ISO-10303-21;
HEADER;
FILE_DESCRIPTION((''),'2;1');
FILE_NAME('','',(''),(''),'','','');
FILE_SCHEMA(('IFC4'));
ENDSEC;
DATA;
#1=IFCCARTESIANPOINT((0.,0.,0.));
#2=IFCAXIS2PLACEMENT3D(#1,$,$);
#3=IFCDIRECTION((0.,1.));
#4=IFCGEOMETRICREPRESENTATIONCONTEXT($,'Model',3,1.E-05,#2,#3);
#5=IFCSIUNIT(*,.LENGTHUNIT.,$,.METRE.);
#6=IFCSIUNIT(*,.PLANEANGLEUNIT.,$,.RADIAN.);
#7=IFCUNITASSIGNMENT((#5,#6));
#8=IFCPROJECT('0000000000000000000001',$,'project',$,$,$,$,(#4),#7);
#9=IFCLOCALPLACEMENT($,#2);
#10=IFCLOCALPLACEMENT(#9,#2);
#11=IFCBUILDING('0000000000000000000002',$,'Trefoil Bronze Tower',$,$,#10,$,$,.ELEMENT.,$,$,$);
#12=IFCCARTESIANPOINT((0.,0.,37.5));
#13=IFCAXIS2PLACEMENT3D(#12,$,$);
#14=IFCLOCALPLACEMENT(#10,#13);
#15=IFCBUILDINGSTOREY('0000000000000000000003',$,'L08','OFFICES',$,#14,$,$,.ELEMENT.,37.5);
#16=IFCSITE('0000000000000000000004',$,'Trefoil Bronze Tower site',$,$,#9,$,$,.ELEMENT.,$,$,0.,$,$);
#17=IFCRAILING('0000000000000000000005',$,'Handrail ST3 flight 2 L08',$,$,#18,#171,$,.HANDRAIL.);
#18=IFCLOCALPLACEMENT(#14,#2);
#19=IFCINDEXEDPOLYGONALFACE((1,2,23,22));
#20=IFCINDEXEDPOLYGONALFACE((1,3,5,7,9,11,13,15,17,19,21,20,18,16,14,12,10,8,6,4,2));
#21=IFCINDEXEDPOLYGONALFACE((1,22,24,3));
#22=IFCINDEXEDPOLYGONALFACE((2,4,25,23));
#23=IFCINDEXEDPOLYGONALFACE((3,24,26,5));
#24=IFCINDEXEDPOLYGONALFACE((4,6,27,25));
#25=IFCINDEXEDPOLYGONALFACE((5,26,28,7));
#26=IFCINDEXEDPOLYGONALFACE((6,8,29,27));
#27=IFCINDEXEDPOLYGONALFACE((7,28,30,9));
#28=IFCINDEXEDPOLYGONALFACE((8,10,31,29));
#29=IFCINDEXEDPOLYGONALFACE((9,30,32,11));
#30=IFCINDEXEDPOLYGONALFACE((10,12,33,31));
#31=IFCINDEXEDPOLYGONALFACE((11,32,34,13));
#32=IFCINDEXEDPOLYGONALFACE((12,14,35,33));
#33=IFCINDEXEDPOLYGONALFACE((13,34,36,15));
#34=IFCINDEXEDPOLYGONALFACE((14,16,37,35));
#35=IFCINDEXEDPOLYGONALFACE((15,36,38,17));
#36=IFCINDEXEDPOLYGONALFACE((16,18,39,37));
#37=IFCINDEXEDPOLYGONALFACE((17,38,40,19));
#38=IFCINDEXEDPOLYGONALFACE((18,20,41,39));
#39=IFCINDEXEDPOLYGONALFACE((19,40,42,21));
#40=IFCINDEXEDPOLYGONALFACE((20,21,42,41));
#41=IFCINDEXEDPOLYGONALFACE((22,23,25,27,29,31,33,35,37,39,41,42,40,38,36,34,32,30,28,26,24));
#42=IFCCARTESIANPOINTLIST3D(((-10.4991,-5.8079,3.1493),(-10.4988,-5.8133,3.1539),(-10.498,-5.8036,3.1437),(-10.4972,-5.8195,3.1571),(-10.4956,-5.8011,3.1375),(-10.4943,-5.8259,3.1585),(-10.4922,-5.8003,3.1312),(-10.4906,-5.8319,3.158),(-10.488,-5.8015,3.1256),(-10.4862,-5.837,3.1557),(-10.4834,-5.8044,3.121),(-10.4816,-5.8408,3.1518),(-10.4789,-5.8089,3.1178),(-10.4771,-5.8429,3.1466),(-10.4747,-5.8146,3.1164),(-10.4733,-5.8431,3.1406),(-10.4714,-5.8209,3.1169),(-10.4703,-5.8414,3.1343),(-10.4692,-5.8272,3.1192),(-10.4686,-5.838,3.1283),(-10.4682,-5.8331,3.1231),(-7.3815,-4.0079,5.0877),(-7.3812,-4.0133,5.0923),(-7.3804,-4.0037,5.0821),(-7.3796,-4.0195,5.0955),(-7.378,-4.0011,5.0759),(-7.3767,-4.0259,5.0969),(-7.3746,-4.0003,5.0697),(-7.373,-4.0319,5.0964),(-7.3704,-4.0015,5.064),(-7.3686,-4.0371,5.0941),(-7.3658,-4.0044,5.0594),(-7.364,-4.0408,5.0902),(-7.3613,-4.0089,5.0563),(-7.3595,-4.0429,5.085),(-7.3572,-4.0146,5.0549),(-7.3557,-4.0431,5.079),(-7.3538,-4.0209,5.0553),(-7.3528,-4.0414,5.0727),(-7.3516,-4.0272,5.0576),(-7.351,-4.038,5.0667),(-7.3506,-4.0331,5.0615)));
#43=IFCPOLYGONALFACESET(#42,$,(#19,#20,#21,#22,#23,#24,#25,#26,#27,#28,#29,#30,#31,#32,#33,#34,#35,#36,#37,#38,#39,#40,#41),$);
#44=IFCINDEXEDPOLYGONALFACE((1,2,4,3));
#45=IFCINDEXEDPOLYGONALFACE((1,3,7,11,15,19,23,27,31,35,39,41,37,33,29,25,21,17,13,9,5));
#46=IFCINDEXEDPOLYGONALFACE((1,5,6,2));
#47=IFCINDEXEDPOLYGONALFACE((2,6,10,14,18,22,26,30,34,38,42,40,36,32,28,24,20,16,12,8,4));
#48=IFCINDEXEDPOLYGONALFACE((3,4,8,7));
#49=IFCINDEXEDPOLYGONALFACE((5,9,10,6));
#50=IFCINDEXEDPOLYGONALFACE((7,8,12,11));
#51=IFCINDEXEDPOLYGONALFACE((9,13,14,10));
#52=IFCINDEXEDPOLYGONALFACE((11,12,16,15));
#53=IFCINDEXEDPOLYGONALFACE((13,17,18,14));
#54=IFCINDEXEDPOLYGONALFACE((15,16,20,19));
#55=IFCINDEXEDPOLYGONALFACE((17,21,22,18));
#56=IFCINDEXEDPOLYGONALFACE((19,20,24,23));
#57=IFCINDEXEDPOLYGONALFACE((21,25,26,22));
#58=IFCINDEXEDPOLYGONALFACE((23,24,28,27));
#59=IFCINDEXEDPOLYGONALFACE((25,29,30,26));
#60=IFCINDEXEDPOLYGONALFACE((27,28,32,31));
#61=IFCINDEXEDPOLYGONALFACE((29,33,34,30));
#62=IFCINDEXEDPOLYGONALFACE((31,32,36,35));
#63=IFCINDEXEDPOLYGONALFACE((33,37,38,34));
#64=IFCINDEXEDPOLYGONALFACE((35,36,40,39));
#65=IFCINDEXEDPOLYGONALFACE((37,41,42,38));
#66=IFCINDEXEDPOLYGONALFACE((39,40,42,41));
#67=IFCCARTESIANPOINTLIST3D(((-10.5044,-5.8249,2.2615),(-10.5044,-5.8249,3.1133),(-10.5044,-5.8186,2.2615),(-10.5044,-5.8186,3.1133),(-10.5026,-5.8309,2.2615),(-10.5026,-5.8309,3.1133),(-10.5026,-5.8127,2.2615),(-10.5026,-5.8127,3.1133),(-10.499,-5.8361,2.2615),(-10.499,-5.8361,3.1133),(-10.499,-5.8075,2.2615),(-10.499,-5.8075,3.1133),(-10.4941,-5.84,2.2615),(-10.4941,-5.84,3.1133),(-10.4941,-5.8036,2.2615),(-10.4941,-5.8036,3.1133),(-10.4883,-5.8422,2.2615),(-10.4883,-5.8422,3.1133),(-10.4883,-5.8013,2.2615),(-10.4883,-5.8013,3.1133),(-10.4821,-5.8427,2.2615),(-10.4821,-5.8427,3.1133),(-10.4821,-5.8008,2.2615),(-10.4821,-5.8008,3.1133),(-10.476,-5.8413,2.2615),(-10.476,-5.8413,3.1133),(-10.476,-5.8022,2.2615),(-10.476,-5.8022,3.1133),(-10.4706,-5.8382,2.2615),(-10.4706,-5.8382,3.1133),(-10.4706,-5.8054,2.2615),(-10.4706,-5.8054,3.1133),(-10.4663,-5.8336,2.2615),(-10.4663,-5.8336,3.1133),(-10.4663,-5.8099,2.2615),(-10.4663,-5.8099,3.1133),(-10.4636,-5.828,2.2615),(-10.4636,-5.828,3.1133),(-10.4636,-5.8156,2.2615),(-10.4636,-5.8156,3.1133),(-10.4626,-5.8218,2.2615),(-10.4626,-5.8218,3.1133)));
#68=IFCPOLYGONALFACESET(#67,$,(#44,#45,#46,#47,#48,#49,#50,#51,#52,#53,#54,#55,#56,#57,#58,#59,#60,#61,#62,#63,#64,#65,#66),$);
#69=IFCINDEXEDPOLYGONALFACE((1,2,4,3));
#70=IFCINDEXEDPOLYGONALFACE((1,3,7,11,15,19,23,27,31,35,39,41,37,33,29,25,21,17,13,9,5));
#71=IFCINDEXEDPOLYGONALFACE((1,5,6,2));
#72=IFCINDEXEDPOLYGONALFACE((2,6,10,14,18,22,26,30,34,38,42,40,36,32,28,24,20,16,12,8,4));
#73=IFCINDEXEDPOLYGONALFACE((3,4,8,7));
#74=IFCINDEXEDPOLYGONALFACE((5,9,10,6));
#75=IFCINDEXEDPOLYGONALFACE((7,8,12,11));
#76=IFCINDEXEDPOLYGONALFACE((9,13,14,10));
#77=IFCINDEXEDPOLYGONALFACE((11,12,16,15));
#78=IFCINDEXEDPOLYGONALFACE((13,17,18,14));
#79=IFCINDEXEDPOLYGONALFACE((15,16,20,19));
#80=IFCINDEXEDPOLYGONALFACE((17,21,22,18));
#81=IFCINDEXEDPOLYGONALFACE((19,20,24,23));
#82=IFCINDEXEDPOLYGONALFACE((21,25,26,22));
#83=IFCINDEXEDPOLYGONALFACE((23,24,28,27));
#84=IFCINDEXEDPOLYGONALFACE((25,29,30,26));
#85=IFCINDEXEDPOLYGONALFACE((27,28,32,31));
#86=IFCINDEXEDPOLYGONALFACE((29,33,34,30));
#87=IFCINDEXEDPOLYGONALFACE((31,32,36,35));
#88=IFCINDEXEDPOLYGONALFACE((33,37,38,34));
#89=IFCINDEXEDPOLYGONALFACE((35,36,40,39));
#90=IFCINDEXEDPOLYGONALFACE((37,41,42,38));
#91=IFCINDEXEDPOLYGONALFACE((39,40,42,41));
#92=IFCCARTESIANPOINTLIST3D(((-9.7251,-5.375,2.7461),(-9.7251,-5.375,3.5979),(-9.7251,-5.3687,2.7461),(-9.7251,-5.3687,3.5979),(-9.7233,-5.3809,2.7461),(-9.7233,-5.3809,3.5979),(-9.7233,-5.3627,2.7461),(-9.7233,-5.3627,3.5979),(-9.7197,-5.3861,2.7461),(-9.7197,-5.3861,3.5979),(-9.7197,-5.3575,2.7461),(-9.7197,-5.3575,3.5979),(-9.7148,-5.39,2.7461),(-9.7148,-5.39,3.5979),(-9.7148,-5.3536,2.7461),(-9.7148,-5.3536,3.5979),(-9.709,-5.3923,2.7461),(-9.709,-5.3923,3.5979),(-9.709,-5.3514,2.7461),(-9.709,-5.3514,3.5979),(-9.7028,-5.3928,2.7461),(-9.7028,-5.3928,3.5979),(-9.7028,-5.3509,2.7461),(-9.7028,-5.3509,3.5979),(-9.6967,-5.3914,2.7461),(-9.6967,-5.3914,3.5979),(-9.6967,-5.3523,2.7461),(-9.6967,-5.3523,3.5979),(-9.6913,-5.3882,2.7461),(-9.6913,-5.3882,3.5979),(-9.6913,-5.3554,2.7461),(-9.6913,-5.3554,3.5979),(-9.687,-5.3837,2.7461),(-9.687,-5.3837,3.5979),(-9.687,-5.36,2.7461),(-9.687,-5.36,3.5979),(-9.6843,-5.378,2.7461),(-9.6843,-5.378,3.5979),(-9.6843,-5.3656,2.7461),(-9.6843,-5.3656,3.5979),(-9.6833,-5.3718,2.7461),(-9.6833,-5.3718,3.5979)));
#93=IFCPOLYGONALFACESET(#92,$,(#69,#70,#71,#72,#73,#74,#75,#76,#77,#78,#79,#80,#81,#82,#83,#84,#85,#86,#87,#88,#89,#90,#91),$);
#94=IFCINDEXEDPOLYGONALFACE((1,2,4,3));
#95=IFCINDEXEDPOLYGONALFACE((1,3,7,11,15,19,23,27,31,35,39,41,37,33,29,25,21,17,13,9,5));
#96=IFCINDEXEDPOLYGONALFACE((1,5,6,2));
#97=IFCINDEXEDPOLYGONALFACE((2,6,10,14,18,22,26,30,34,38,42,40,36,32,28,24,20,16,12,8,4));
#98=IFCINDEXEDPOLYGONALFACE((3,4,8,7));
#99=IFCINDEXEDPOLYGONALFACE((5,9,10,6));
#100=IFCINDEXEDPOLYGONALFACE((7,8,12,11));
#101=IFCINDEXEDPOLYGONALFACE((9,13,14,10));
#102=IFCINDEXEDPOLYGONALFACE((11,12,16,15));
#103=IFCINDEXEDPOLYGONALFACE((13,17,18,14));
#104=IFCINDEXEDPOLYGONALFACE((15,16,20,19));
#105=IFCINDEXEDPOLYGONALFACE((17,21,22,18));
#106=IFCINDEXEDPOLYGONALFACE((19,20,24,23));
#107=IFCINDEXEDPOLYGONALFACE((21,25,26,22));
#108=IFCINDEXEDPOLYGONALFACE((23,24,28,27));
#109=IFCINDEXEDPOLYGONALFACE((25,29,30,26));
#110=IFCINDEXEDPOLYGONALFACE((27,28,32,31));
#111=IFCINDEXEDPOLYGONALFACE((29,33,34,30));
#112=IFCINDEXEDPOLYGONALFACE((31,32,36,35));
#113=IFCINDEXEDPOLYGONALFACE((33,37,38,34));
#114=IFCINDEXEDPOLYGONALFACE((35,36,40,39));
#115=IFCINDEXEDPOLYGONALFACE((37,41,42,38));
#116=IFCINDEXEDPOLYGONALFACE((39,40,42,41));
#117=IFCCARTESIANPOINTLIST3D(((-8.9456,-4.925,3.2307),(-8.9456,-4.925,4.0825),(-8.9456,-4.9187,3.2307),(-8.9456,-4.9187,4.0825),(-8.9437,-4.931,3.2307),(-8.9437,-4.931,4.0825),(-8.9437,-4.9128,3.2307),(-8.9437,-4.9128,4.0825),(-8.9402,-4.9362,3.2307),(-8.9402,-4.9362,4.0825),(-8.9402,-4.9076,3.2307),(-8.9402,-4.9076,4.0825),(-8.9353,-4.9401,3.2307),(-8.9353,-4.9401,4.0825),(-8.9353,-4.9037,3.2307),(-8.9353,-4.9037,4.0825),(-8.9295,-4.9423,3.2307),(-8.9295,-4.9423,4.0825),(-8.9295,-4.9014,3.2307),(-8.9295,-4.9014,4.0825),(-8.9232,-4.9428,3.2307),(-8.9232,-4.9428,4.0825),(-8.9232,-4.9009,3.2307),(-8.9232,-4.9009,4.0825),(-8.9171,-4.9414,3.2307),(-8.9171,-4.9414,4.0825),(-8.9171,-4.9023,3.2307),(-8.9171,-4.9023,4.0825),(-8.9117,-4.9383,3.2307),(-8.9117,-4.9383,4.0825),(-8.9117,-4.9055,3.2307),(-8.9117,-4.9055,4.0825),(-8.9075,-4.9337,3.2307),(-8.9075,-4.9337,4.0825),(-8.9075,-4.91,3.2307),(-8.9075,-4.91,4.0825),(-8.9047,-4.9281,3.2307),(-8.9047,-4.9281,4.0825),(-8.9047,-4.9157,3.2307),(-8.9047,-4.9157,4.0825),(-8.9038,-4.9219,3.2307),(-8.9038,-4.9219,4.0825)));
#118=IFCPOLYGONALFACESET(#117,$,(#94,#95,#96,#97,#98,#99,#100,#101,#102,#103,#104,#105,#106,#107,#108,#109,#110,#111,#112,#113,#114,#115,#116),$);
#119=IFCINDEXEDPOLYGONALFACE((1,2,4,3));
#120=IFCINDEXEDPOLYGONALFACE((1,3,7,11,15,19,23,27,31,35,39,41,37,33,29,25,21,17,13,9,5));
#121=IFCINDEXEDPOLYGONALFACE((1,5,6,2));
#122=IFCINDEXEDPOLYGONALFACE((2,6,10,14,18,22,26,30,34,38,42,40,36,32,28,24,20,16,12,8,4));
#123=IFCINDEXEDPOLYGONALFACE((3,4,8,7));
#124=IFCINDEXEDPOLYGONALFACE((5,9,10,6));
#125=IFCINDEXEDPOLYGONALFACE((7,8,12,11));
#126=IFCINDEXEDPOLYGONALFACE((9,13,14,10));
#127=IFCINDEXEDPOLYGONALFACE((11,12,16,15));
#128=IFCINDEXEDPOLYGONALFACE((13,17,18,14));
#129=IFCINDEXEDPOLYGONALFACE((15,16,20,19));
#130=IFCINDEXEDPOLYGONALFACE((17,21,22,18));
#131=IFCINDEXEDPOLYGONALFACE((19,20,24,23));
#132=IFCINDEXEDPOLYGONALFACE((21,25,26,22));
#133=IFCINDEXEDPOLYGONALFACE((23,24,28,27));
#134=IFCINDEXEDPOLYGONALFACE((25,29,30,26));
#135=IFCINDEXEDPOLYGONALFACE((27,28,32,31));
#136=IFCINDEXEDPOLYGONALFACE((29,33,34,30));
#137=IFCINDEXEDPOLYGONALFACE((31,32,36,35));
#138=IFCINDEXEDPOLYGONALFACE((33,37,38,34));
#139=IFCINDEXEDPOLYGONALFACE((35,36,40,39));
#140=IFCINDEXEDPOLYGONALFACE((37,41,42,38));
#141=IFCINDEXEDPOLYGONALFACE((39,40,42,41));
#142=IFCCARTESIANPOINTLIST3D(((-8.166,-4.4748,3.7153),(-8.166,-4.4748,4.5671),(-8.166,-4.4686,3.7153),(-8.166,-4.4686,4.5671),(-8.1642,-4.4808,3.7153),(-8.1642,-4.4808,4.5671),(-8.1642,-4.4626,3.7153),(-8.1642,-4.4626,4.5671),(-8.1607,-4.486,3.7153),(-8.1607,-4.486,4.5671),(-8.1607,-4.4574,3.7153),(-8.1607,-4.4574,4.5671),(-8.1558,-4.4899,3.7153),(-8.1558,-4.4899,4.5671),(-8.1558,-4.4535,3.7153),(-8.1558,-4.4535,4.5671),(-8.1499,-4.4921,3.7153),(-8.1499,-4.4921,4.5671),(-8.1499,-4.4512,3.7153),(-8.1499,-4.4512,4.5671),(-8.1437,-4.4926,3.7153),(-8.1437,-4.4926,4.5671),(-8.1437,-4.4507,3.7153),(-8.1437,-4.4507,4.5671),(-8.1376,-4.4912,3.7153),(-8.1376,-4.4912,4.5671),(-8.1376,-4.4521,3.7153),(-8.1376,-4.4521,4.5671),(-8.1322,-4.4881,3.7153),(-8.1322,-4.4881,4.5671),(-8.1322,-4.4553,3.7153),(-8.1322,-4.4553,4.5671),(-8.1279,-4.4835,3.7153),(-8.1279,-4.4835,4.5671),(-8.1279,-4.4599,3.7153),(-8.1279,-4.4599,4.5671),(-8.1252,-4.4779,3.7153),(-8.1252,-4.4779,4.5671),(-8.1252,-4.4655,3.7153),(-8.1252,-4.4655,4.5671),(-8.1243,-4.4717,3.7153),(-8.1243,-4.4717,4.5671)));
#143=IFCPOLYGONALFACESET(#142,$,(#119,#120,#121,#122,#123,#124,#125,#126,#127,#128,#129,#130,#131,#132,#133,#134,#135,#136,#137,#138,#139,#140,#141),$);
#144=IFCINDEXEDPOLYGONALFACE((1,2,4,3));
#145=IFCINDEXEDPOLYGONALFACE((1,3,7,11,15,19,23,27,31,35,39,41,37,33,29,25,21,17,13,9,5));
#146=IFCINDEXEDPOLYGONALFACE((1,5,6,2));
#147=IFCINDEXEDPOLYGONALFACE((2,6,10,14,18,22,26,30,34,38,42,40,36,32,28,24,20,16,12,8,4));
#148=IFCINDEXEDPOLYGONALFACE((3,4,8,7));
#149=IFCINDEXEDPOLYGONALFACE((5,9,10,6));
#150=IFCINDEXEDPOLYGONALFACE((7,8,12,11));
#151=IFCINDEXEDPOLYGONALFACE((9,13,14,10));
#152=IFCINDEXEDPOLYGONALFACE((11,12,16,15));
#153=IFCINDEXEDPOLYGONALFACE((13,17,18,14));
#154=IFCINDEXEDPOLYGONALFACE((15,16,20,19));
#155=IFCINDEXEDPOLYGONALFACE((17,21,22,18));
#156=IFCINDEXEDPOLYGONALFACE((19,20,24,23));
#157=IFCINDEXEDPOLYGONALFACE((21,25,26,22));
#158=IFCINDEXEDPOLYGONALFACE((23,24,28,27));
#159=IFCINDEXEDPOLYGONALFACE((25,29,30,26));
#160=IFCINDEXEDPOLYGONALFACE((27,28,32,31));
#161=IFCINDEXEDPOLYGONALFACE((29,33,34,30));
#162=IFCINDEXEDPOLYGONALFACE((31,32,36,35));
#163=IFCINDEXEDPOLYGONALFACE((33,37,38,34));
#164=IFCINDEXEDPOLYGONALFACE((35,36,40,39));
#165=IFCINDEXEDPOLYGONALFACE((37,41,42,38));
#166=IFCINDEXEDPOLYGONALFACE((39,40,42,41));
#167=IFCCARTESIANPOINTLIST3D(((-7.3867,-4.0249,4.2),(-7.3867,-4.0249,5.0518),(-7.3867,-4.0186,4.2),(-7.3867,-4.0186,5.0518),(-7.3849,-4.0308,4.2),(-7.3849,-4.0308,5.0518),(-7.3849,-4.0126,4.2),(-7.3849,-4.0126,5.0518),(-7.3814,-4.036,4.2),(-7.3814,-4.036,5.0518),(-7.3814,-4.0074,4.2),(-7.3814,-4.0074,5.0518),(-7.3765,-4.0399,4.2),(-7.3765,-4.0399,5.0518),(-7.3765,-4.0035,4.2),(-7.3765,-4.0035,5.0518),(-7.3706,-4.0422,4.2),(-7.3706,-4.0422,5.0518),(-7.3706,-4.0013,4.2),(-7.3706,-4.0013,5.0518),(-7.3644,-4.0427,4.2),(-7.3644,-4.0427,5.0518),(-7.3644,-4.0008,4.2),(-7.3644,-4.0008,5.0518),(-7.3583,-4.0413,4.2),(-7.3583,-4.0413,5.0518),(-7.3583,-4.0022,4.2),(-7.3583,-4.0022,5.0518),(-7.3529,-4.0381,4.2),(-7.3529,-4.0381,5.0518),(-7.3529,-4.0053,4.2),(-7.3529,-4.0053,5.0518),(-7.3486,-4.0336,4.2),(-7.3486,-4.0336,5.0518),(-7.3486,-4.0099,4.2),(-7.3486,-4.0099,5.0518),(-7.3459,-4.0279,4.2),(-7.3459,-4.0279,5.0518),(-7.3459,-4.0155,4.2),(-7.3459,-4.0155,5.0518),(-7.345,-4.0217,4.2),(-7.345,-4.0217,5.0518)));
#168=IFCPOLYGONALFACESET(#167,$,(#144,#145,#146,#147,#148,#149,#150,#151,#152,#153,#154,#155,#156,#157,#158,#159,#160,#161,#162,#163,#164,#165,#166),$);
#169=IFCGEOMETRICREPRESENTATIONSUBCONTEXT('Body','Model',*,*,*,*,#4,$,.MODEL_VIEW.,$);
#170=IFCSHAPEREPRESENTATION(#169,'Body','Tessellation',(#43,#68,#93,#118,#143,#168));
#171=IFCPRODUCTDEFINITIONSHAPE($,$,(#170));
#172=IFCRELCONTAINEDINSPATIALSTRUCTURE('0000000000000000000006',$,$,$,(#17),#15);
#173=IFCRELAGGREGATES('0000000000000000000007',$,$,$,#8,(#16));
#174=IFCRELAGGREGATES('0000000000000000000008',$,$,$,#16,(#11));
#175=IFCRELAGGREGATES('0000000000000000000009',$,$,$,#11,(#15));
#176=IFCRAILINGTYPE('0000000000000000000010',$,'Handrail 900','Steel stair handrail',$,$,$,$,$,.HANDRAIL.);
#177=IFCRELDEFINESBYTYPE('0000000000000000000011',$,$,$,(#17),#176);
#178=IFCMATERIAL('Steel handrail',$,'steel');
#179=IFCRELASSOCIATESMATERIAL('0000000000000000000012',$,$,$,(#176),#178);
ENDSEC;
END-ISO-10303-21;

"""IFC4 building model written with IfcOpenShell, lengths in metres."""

from ifc_helpers import new_model, si_unit, direction, frame, origin, origin_2d, place, context, subcontext, project, spatial, circle, extrude, material, type_object, element, save


model = new_model("IFC4")

# Units and contexts
model_context = context("Model", 3, precision=1e-05, world=origin(), true_north=direction((0.0, 1.0)))
body_context = subcontext(model_context, "Body", "Model", "MODEL_VIEW")
ifc_project = project(units=[si_unit("LENGTHUNIT", "METRE"), si_unit("PLANEANGLEUNIT", "RADIAN")], contexts=[model_context])

# Site, building, storey
site_placement = place(None, origin())
site = spatial("IfcSite", under=ifc_project, at=site_placement, Name="Trefoil Bronze Tower site", CompositionType="ELEMENT", RefElevation=0.0)
building_placement = place(site_placement, origin())
building = spatial("IfcBuilding", under=site, at=building_placement, Name="Trefoil Bronze Tower", CompositionType="ELEMENT")
storey_placement = place(building_placement, frame((0.0, 0.0, 37.5)))
storey = spatial("IfcBuildingStorey", under=building, at=storey_placement, Name="L08", Description="OFFICES", CompositionType="ELEMENT", Elevation=37.5)

# Railing
ifc_material_1 = material(Name="Steel handrail", Category="steel")
railing_type = type_object("IfcRailingType", Name="Handrail 900", Description="Steel stair handrail", PredefinedType="HANDRAIL", material=ifc_material_1)
railing_1_placement = place(storey_placement, frame((-10.4836, -5.8218, 2.2615)))
element("IfcRailing", 1, at=railing_1_placement, inside=storey, type_object=railing_type, Name="Handrail ST3 flight 2 L08", PredefinedType="HANDRAIL", context=body_context, shape_type="SweptSolid", body=[
    extrude(circle(Radius=0.0239, at=origin_2d()), frame((0.0, 0.0, 0.876), z_axis=(0.762503, 0.440246, 0.474102), x_axis=(-0.500012, 0.866018, 0.0)), (0.0, 0.0, 1.0), 4.0886),
    extrude(circle(Radius=0.021, at=origin_2d()), origin(), (0.0, 0.0, 1.0), 0.8518),
    extrude(circle(Radius=0.021, at=origin_2d()), frame((0.7793, 0.45, 0.4846)), (0.0, 0.0, 1.0), 0.8518),
    extrude(circle(Radius=0.021, at=origin_2d()), frame((1.5588, 0.8999, 0.9692)), (0.0, 0.0, 1.0), 0.8518),
    extrude(circle(Radius=0.021, at=origin_2d()), frame((2.3384, 1.3501, 1.4539)), (0.0, 0.0, 1.0), 0.8518),
    extrude(circle(Radius=0.021, at=origin_2d()), frame((3.1177, 1.8, 1.9385)), (0.0, 0.0, 1.0), 0.8518),
])

save(model, "model.ifc")
